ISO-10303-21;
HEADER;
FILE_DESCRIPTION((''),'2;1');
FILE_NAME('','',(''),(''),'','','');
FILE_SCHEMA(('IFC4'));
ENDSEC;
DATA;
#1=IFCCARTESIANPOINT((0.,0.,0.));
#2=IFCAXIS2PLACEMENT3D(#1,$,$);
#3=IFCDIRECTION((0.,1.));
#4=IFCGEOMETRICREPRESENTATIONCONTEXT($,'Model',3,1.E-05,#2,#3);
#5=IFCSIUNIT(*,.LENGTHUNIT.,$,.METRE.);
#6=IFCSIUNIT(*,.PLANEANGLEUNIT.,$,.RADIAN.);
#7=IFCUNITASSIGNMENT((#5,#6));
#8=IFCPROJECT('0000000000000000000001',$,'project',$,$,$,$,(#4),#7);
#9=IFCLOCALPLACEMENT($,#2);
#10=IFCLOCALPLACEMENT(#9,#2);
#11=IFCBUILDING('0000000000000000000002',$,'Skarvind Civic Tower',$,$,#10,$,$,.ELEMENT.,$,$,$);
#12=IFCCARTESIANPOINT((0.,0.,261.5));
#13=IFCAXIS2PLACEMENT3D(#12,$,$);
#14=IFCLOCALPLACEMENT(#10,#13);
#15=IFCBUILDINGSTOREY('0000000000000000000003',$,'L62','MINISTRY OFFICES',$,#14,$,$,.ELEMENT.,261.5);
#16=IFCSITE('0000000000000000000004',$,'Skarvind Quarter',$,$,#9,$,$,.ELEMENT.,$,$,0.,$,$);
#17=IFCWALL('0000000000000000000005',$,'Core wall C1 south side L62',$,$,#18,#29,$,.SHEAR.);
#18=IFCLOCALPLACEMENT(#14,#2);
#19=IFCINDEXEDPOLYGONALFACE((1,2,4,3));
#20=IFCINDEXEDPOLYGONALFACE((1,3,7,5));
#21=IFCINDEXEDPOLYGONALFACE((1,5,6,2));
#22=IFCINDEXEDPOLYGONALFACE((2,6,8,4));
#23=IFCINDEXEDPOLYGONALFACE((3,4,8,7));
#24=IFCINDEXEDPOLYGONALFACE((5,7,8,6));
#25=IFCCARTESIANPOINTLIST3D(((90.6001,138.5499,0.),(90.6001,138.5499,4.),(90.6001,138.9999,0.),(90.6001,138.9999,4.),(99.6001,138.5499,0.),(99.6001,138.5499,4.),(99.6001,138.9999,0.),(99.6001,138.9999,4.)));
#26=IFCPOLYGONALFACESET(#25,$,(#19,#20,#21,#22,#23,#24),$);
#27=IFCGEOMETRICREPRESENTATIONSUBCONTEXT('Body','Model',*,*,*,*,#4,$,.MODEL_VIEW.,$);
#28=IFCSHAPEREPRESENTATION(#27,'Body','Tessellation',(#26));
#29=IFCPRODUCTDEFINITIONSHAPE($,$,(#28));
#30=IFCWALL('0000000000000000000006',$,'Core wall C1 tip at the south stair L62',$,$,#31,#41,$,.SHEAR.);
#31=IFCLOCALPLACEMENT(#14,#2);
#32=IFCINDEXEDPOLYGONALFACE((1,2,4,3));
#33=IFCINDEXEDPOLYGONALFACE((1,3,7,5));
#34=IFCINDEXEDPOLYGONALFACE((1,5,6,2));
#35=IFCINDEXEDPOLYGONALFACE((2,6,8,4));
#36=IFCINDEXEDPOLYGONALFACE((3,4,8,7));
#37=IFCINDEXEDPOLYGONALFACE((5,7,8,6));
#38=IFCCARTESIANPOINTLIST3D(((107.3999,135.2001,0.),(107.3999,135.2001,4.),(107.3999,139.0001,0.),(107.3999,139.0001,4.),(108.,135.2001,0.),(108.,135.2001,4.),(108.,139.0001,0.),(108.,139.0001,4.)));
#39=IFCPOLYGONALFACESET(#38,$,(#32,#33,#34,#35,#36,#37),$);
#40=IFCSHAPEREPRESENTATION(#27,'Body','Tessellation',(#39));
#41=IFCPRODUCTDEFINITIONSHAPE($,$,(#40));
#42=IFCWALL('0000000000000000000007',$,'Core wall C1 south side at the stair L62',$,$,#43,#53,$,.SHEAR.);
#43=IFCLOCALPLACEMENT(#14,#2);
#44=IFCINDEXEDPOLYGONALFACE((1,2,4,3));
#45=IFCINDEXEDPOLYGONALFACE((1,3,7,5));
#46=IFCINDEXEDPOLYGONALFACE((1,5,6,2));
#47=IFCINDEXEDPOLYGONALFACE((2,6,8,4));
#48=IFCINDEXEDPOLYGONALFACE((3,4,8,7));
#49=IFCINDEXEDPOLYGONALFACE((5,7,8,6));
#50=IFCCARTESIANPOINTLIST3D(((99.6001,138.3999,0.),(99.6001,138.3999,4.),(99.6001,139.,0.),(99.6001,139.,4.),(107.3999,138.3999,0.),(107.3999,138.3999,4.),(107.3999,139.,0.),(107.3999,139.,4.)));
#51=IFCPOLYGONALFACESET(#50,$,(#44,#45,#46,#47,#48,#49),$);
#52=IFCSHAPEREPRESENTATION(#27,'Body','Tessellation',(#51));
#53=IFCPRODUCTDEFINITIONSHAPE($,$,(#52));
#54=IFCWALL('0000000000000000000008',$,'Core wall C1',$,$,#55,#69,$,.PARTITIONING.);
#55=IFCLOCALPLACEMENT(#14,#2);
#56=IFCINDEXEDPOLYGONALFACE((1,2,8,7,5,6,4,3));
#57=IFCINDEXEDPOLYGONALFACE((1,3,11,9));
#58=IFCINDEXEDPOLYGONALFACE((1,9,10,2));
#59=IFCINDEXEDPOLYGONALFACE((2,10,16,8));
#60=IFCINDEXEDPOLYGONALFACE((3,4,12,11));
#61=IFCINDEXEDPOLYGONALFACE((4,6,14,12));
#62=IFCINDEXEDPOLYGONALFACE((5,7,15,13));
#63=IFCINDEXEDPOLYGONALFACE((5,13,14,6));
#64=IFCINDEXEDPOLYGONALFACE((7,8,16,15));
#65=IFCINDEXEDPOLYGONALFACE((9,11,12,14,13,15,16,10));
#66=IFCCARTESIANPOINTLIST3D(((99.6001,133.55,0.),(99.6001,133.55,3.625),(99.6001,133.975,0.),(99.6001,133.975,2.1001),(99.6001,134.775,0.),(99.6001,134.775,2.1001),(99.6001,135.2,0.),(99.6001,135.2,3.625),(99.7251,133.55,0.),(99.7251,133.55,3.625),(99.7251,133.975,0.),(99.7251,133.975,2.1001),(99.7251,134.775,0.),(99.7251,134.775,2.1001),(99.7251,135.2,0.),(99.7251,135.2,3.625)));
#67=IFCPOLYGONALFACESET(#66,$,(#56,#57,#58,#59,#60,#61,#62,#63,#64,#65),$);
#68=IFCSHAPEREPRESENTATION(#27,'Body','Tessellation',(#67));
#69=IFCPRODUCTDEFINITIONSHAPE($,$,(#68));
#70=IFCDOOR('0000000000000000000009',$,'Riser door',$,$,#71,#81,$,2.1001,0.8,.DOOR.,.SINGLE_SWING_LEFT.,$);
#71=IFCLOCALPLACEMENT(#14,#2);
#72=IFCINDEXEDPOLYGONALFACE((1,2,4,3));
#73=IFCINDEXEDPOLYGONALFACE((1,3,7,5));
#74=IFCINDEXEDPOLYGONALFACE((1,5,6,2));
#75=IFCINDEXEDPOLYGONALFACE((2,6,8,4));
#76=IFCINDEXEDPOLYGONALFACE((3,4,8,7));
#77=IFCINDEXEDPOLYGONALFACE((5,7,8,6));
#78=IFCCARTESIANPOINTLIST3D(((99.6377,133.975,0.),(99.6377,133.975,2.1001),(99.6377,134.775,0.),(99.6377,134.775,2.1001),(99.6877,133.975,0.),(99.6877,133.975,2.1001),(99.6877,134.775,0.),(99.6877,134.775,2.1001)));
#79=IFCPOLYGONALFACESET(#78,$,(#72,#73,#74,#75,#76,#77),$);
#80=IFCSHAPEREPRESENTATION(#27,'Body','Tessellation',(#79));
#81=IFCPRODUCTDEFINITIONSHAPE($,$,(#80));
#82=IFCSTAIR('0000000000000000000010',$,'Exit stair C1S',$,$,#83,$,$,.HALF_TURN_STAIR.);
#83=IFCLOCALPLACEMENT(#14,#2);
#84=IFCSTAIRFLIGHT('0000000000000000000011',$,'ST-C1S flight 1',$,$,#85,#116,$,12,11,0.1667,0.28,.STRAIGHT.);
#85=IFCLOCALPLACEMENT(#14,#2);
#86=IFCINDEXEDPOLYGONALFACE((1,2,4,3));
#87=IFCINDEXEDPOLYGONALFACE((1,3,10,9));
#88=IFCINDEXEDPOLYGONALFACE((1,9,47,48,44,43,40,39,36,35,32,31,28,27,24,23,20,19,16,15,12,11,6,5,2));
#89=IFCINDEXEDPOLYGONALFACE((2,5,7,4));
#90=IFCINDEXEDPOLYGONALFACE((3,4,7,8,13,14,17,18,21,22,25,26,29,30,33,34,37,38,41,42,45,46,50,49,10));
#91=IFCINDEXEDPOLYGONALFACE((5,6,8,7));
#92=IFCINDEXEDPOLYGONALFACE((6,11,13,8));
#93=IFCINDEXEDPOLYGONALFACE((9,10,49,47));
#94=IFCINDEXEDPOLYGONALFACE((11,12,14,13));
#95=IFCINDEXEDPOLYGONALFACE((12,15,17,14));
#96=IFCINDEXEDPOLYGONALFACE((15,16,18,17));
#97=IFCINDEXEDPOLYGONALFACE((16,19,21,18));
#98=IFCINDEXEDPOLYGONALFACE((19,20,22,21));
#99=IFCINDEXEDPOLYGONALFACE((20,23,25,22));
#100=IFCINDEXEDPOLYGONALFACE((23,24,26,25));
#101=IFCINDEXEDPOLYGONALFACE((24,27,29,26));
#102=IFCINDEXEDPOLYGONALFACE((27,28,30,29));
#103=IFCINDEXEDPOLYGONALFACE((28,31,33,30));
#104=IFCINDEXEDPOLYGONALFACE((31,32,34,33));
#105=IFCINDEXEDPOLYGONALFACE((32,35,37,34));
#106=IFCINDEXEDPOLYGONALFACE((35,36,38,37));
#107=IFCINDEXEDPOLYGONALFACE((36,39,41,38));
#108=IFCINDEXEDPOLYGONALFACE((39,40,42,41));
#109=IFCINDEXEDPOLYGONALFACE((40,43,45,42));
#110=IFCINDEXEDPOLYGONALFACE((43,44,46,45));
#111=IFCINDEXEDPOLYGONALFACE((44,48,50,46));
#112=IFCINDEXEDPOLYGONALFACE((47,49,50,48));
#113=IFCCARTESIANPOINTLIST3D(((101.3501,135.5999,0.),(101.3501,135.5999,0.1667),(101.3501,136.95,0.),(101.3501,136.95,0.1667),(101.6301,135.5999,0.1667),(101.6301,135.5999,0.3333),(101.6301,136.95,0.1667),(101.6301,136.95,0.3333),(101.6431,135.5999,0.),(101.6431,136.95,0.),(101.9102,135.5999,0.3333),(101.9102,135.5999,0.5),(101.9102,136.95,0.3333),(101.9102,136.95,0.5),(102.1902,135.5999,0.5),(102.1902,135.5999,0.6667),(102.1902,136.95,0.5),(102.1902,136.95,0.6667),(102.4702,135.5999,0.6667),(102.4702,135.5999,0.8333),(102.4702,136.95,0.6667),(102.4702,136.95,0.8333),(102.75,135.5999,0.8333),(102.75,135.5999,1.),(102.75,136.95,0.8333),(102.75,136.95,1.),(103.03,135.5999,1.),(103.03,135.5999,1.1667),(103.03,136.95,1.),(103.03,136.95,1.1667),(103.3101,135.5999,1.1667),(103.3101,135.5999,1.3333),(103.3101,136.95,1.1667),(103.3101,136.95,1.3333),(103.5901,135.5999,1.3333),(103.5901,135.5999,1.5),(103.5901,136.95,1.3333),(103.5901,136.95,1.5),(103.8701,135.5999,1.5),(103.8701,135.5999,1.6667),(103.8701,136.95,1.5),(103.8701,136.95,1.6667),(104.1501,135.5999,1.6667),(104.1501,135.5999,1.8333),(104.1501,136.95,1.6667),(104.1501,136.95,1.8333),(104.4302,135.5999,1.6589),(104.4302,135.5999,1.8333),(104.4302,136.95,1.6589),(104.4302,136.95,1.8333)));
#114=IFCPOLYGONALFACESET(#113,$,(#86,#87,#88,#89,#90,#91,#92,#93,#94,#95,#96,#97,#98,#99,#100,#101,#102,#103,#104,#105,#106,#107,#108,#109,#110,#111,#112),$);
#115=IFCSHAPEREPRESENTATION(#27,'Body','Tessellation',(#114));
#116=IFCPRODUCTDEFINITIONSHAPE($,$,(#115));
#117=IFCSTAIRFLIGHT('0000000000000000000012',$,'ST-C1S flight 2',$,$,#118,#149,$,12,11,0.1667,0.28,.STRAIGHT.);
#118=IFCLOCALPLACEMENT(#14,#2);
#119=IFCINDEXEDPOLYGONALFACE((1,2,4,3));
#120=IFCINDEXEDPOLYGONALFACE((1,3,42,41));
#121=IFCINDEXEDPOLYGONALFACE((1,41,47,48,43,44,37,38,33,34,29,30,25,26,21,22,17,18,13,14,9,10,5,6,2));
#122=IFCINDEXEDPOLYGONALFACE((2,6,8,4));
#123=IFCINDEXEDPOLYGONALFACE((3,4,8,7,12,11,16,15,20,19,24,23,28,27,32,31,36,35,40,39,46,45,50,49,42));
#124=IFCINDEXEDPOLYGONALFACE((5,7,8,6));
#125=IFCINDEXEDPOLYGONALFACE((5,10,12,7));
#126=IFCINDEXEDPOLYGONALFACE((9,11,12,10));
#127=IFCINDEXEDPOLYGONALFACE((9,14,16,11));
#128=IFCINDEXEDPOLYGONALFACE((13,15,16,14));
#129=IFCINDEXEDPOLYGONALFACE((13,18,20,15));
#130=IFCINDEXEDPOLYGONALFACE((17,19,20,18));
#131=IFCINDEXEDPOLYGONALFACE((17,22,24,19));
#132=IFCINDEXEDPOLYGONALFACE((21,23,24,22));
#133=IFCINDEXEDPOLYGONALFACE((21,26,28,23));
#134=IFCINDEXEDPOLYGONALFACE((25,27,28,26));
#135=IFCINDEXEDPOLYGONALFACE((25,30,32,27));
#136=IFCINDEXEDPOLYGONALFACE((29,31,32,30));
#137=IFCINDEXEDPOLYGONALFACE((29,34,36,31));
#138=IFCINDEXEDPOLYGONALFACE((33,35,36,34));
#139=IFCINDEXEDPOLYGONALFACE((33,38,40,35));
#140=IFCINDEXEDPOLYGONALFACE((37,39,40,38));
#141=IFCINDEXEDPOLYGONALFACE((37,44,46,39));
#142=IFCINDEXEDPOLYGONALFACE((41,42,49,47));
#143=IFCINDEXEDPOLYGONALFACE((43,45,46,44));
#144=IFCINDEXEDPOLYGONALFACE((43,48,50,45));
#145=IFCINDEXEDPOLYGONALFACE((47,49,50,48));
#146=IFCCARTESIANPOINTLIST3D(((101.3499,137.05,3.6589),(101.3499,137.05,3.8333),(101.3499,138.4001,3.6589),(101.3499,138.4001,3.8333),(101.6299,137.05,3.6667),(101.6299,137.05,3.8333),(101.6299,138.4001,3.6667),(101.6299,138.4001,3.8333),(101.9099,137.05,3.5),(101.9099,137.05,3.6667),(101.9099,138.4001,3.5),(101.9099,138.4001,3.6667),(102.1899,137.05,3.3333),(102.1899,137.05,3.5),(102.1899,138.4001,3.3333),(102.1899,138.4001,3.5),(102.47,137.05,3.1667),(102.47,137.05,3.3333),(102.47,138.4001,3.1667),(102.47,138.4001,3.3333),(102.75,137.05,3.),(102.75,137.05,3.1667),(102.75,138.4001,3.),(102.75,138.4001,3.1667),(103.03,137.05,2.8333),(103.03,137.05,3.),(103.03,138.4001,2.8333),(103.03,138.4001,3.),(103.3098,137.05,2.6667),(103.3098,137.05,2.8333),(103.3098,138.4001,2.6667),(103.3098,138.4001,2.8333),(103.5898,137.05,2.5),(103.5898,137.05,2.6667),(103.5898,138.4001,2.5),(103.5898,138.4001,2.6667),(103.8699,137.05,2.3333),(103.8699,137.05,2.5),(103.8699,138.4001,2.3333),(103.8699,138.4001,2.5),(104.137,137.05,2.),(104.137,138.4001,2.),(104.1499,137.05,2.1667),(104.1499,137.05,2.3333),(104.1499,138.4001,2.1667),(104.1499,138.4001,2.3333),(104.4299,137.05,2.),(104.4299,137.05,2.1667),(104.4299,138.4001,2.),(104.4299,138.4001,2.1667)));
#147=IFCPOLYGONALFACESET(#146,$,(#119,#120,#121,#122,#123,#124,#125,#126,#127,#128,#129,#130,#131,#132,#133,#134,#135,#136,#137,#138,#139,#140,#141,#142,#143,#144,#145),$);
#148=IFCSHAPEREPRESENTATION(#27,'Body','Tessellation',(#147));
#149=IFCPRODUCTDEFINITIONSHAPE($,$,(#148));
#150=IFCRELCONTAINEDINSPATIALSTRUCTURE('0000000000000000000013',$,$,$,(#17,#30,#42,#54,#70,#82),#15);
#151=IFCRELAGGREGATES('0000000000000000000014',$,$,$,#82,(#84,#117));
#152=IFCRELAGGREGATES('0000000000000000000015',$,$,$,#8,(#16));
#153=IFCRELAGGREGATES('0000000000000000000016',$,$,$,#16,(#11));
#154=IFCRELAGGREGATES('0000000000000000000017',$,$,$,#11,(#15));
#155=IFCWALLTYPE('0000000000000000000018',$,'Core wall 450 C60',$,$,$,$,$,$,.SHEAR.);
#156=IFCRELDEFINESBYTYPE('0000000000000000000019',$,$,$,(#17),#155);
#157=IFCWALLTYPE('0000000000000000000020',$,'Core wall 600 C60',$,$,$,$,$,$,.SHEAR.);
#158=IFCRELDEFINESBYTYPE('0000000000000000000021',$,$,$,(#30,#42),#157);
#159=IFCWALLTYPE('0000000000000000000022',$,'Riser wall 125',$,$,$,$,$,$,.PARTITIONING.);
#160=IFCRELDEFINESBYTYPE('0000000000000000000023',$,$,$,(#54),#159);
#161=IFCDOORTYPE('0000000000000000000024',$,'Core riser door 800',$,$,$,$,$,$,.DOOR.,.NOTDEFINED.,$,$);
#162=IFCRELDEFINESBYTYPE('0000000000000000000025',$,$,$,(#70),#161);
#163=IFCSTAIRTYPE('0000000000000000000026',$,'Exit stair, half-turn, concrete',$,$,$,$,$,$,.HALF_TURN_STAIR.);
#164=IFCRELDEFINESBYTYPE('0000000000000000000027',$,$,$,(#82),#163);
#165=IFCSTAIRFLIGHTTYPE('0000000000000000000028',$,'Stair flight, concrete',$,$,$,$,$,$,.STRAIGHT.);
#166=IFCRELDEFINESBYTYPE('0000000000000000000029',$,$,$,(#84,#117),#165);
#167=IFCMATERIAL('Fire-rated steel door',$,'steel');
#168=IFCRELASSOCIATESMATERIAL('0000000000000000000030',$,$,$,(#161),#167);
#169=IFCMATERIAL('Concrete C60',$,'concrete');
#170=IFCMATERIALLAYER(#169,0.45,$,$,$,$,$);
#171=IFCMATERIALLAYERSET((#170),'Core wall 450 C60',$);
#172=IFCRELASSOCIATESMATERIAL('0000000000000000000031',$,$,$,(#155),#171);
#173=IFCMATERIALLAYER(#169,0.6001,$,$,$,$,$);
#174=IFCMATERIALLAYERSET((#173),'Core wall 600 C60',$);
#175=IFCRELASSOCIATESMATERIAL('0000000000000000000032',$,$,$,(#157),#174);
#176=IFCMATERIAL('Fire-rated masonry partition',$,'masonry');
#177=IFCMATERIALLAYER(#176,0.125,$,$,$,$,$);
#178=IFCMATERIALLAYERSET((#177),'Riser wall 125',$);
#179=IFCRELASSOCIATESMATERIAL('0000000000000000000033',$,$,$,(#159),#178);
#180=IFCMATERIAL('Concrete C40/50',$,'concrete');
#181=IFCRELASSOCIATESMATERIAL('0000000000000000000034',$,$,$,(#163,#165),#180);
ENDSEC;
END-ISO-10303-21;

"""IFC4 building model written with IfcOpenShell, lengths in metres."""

from ifc_helpers import new_model, si_unit, direction, frame, frame_2d, origin, place, context, subcontext, project, spatial, polyline, rectangle, outline, extrude, material, layer, layer_set, type_object, element, fill, aggregate, save


model = new_model("IFC4")

# Units and contexts
model_context = context("Model", 3, precision=1e-05, world=origin(), true_north=direction((0.0, 1.0)))
body_context = subcontext(model_context, "Body", "Model", "MODEL_VIEW")
ifc_project = project(units=[si_unit("LENGTHUNIT", "METRE"), si_unit("PLANEANGLEUNIT", "RADIAN")], contexts=[model_context])

# Site, building, storey
site_placement = place(None, origin())
site = spatial("IfcSite", under=ifc_project, at=site_placement, Name="Skarvind Quarter", CompositionType="ELEMENT", RefElevation=0.0)
building_placement = place(site_placement, origin())
building = spatial("IfcBuilding", under=site, at=building_placement, Name="Skarvind Civic Tower", CompositionType="ELEMENT")
storey_placement = place(building_placement, frame((0.0, 0.0, 261.5)))
storey = spatial("IfcBuildingStorey", under=building, at=storey_placement, Name="L62", Description="MINISTRY OFFICES", CompositionType="ELEMENT", Elevation=261.5)

# Shared definitions
ifc_material_1 = material(Name="Concrete C60", Category="concrete")
ifc_material_2 = material(Name="Fire-rated steel door", Category="steel")
door_type_1 = type_object("IfcDoorType", Name="Core riser door 800", OperationType="NOTDEFINED", PredefinedType="DOOR", material=ifc_material_2)

# Walls
ifc_layer_1 = layer(ifc_material_1, 0.45)
ifc_layer_set_1 = layer_set([ifc_layer_1], Name="Core wall 450 C60")
wall_type_1 = type_object("IfcWallType", Name="Core wall 450 C60", PredefinedType="SHEAR", material=ifc_layer_set_1)
wall_1_placement = place(storey_placement, frame((99.6001, 138.7749, 0.0), z_axis=(0.0, 0.0, 1.0), x_axis=(-1.0, 0.0, 0.0)))
element("IfcWall", 1, at=wall_1_placement, inside=storey, type_object=wall_type_1, Name="Core wall C1 south side L62", PredefinedType="SHEAR", context=body_context, shape_type="SweptSolid", body=[
    extrude(rectangle(XDim=9.0, YDim=0.45, at=frame_2d((4.5, 0.0))), origin(), (0.0, 0.0, 1.0), 4.0),
])
ifc_layer_2 = layer(ifc_material_1, 0.6001)
ifc_layer_set_2 = layer_set([ifc_layer_2], Name="Core wall 600 C60")
wall_type_2 = type_object("IfcWallType", Name="Core wall 600 C60", PredefinedType="SHEAR", material=ifc_layer_set_2)
wall_2_placement = place(storey_placement, frame((107.7, 139.0, 0.0), z_axis=(0.0, 0.0, 1.0), x_axis=(0.0, -1.0, 0.0)))
element("IfcWall", 2, at=wall_2_placement, inside=storey, type_object=wall_type_2, Name="Core wall C1 tip at the south stair L62", PredefinedType="SHEAR", context=body_context, shape_type="SweptSolid", body=[
    extrude(rectangle(XDim=3.8, YDim=0.6001, at=frame_2d((1.8999, 0.0))), origin(), (0.0, 0.0, 1.0), 4.0),
])
wall_3_placement = place(storey_placement, frame((107.3999, 138.7, 0.0), z_axis=(0.0, 0.0, 1.0), x_axis=(-1.0, 0.0, 0.0)))
element("IfcWall", 3, at=wall_3_placement, inside=storey, type_object=wall_type_2, Name="Core wall C1 south side at the stair L62", PredefinedType="SHEAR", context=body_context, shape_type="SweptSolid", body=[
    extrude(rectangle(XDim=7.7998, YDim=0.6001, at=frame_2d((3.8999, 0.0))), origin(), (0.0, 0.0, 1.0), 4.0),
])

# Wall, opening, door
ifc_material_3 = material(Name="Fire-rated masonry partition", Category="masonry")
ifc_layer_3 = layer(ifc_material_3, 0.125)
ifc_layer_set_3 = layer_set([ifc_layer_3], Name="Riser wall 125")
wall_type_3 = type_object("IfcWallType", Name="Riser wall 125", PredefinedType="PARTITIONING", material=ifc_layer_set_3)
wall_4_placement = place(storey_placement, frame((99.6626, 133.55, 0.0), z_axis=(0.0, 0.0, 1.0), x_axis=(0.0, 1.0, 0.0)))
wall_4 = element("IfcWall", 4, at=wall_4_placement, inside=storey, type_object=wall_type_3, Name="Core wall C1", PredefinedType="PARTITIONING", context=body_context, shape_type="SweptSolid", body=[
    extrude(rectangle(XDim=1.6499, YDim=0.125, at=frame_2d((0.825, 0.0))), origin(), (0.0, 0.0, 1.0), 3.625),
])
opening_1_placement = place(wall_4_placement, frame((0.425, 0.0, 0.0)))
opening_1 = element("IfcOpeningElement", 5, at=opening_1_placement, cuts=wall_4, PredefinedType="OPENING", context=body_context, shape_type="SweptSolid", body=[
    extrude(rectangle(XDim=0.8, YDim=2.1001, at=frame_2d((0.3999, 1.05))), frame((0.0, 0.0725, 0.0), z_axis=(0.0, -1.0, 0.0), x_axis=(1.0, 0.0, 0.0)), (0.0, 0.0, 1.0), 0.145),
])
door_1_placement = place(opening_1_placement, origin())
door_1 = element("IfcDoor", 6, at=door_1_placement, inside=storey, type_object=door_type_1, Name="Riser door", OperationType="SINGLE_SWING_LEFT", OverallHeight=2.1001, OverallWidth=0.8, PredefinedType="DOOR", context=body_context, shape_type="SweptSolid", body=[
    extrude(rectangle(XDim=0.8, YDim=2.1001, at=frame_2d((0.3999, 1.05))), frame((0.0, 0.0249, 0.0), z_axis=(0.0, -1.0, 0.0), x_axis=(1.0, 0.0, 0.0)), (0.0, 0.0, 1.0), 0.05),
])
fill(opening_1, door_1)

# Stair, stair flights
ifc_material_4 = material(Name="Concrete C40/50", Category="concrete")
stair_type = type_object("IfcStairType", Name="Exit stair, half-turn, concrete", PredefinedType="HALF_TURN_STAIR", material=ifc_material_4)
stair_placement = place(storey_placement, origin())
stair = element("IfcStair", 7, at=stair_placement, inside=storey, type_object=stair_type, Name="Exit stair C1S", PredefinedType="HALF_TURN_STAIR")
stair_flight_type = type_object("IfcStairFlightType", Name="Stair flight, concrete", PredefinedType="STRAIGHT", material=ifc_material_4)
stair_flight_1_placement = place(storey_placement, frame((101.3501, 136.2749, 0.0), z_axis=(0.0, 0.0, 1.0), x_axis=(1.0, 0.0, 0.0)))
stair_flight_1 = element("IfcStairFlight", 8, at=stair_flight_1_placement, type_object=stair_flight_type, Name="ST-C1S flight 1", NumberOfRisers=12, NumberOfTreads=11, PredefinedType="STRAIGHT", RiserHeight=0.1667, TreadLength=0.28, context=body_context, shape_type="SweptSolid", body=[
    extrude(outline(polyline([(0.0, 0.0), (0.0, 0.1667), (0.28, 0.1667), (0.28, 0.3333), (0.5601, 0.3333), (0.5601, 0.5), (0.8401, 0.5), (0.8401, 0.6667), (1.1201, 0.6667), (1.1201, 0.8333), (1.3999, 0.8333), (1.3999, 1.0), (1.6799, 1.0), (1.6799, 1.1667), (1.96, 1.1667), (1.96, 1.3333), (2.24, 1.3333), (2.24, 1.5), (2.52, 1.5), (2.52, 1.6667), (2.8, 1.6667), (2.8, 1.8333), (3.0801, 1.8333), (3.0801, 2.0), (3.0801, 1.6589), (0.293, 0.0), (0.0, 0.0)])), frame((0.0, 0.675, 0.0), z_axis=(0.0, -1.0, 0.0), x_axis=(1.0, 0.0, 0.0)), (0.0, 0.0, 1.0), 1.3501),
])
stair_flight_2_placement = place(storey_placement, frame((104.4299, 137.7251, 2.0), z_axis=(0.0, 0.0, 1.0), x_axis=(-1.0, 0.0, 0.0)))
stair_flight_2 = element("IfcStairFlight", 9, at=stair_flight_2_placement, type_object=stair_flight_type, Name="ST-C1S flight 2", NumberOfRisers=12, NumberOfTreads=11, PredefinedType="STRAIGHT", RiserHeight=0.1667, TreadLength=0.28, context=body_context, shape_type="SweptSolid", body=[
    extrude(outline(polyline([(0.0, 0.0), (0.0, 0.1667), (0.28, 0.1667), (0.28, 0.3333), (0.5601, 0.3333), (0.5601, 0.5), (0.8401, 0.5), (0.8401, 0.6667), (1.1201, 0.6667), (1.1201, 0.8333), (1.3999, 0.8333), (1.3999, 1.0), (1.6799, 1.0), (1.6799, 1.1667), (1.96, 1.1667), (1.96, 1.3333), (2.24, 1.3333), (2.24, 1.5), (2.52, 1.5), (2.52, 1.6667), (2.8, 1.6667), (2.8, 1.8333), (3.0801, 1.8333), (3.0801, 2.0), (3.0801, 1.6589), (0.293, 0.0), (0.0, 0.0)])), frame((0.0, 0.675, 0.0), z_axis=(0.0, -1.0, 0.0), x_axis=(1.0, 0.0, 0.0)), (0.0, 0.0, 1.0), 1.3501),
])
aggregate(stair, [stair_flight_1, stair_flight_2])

save(model, "model.ifc")
